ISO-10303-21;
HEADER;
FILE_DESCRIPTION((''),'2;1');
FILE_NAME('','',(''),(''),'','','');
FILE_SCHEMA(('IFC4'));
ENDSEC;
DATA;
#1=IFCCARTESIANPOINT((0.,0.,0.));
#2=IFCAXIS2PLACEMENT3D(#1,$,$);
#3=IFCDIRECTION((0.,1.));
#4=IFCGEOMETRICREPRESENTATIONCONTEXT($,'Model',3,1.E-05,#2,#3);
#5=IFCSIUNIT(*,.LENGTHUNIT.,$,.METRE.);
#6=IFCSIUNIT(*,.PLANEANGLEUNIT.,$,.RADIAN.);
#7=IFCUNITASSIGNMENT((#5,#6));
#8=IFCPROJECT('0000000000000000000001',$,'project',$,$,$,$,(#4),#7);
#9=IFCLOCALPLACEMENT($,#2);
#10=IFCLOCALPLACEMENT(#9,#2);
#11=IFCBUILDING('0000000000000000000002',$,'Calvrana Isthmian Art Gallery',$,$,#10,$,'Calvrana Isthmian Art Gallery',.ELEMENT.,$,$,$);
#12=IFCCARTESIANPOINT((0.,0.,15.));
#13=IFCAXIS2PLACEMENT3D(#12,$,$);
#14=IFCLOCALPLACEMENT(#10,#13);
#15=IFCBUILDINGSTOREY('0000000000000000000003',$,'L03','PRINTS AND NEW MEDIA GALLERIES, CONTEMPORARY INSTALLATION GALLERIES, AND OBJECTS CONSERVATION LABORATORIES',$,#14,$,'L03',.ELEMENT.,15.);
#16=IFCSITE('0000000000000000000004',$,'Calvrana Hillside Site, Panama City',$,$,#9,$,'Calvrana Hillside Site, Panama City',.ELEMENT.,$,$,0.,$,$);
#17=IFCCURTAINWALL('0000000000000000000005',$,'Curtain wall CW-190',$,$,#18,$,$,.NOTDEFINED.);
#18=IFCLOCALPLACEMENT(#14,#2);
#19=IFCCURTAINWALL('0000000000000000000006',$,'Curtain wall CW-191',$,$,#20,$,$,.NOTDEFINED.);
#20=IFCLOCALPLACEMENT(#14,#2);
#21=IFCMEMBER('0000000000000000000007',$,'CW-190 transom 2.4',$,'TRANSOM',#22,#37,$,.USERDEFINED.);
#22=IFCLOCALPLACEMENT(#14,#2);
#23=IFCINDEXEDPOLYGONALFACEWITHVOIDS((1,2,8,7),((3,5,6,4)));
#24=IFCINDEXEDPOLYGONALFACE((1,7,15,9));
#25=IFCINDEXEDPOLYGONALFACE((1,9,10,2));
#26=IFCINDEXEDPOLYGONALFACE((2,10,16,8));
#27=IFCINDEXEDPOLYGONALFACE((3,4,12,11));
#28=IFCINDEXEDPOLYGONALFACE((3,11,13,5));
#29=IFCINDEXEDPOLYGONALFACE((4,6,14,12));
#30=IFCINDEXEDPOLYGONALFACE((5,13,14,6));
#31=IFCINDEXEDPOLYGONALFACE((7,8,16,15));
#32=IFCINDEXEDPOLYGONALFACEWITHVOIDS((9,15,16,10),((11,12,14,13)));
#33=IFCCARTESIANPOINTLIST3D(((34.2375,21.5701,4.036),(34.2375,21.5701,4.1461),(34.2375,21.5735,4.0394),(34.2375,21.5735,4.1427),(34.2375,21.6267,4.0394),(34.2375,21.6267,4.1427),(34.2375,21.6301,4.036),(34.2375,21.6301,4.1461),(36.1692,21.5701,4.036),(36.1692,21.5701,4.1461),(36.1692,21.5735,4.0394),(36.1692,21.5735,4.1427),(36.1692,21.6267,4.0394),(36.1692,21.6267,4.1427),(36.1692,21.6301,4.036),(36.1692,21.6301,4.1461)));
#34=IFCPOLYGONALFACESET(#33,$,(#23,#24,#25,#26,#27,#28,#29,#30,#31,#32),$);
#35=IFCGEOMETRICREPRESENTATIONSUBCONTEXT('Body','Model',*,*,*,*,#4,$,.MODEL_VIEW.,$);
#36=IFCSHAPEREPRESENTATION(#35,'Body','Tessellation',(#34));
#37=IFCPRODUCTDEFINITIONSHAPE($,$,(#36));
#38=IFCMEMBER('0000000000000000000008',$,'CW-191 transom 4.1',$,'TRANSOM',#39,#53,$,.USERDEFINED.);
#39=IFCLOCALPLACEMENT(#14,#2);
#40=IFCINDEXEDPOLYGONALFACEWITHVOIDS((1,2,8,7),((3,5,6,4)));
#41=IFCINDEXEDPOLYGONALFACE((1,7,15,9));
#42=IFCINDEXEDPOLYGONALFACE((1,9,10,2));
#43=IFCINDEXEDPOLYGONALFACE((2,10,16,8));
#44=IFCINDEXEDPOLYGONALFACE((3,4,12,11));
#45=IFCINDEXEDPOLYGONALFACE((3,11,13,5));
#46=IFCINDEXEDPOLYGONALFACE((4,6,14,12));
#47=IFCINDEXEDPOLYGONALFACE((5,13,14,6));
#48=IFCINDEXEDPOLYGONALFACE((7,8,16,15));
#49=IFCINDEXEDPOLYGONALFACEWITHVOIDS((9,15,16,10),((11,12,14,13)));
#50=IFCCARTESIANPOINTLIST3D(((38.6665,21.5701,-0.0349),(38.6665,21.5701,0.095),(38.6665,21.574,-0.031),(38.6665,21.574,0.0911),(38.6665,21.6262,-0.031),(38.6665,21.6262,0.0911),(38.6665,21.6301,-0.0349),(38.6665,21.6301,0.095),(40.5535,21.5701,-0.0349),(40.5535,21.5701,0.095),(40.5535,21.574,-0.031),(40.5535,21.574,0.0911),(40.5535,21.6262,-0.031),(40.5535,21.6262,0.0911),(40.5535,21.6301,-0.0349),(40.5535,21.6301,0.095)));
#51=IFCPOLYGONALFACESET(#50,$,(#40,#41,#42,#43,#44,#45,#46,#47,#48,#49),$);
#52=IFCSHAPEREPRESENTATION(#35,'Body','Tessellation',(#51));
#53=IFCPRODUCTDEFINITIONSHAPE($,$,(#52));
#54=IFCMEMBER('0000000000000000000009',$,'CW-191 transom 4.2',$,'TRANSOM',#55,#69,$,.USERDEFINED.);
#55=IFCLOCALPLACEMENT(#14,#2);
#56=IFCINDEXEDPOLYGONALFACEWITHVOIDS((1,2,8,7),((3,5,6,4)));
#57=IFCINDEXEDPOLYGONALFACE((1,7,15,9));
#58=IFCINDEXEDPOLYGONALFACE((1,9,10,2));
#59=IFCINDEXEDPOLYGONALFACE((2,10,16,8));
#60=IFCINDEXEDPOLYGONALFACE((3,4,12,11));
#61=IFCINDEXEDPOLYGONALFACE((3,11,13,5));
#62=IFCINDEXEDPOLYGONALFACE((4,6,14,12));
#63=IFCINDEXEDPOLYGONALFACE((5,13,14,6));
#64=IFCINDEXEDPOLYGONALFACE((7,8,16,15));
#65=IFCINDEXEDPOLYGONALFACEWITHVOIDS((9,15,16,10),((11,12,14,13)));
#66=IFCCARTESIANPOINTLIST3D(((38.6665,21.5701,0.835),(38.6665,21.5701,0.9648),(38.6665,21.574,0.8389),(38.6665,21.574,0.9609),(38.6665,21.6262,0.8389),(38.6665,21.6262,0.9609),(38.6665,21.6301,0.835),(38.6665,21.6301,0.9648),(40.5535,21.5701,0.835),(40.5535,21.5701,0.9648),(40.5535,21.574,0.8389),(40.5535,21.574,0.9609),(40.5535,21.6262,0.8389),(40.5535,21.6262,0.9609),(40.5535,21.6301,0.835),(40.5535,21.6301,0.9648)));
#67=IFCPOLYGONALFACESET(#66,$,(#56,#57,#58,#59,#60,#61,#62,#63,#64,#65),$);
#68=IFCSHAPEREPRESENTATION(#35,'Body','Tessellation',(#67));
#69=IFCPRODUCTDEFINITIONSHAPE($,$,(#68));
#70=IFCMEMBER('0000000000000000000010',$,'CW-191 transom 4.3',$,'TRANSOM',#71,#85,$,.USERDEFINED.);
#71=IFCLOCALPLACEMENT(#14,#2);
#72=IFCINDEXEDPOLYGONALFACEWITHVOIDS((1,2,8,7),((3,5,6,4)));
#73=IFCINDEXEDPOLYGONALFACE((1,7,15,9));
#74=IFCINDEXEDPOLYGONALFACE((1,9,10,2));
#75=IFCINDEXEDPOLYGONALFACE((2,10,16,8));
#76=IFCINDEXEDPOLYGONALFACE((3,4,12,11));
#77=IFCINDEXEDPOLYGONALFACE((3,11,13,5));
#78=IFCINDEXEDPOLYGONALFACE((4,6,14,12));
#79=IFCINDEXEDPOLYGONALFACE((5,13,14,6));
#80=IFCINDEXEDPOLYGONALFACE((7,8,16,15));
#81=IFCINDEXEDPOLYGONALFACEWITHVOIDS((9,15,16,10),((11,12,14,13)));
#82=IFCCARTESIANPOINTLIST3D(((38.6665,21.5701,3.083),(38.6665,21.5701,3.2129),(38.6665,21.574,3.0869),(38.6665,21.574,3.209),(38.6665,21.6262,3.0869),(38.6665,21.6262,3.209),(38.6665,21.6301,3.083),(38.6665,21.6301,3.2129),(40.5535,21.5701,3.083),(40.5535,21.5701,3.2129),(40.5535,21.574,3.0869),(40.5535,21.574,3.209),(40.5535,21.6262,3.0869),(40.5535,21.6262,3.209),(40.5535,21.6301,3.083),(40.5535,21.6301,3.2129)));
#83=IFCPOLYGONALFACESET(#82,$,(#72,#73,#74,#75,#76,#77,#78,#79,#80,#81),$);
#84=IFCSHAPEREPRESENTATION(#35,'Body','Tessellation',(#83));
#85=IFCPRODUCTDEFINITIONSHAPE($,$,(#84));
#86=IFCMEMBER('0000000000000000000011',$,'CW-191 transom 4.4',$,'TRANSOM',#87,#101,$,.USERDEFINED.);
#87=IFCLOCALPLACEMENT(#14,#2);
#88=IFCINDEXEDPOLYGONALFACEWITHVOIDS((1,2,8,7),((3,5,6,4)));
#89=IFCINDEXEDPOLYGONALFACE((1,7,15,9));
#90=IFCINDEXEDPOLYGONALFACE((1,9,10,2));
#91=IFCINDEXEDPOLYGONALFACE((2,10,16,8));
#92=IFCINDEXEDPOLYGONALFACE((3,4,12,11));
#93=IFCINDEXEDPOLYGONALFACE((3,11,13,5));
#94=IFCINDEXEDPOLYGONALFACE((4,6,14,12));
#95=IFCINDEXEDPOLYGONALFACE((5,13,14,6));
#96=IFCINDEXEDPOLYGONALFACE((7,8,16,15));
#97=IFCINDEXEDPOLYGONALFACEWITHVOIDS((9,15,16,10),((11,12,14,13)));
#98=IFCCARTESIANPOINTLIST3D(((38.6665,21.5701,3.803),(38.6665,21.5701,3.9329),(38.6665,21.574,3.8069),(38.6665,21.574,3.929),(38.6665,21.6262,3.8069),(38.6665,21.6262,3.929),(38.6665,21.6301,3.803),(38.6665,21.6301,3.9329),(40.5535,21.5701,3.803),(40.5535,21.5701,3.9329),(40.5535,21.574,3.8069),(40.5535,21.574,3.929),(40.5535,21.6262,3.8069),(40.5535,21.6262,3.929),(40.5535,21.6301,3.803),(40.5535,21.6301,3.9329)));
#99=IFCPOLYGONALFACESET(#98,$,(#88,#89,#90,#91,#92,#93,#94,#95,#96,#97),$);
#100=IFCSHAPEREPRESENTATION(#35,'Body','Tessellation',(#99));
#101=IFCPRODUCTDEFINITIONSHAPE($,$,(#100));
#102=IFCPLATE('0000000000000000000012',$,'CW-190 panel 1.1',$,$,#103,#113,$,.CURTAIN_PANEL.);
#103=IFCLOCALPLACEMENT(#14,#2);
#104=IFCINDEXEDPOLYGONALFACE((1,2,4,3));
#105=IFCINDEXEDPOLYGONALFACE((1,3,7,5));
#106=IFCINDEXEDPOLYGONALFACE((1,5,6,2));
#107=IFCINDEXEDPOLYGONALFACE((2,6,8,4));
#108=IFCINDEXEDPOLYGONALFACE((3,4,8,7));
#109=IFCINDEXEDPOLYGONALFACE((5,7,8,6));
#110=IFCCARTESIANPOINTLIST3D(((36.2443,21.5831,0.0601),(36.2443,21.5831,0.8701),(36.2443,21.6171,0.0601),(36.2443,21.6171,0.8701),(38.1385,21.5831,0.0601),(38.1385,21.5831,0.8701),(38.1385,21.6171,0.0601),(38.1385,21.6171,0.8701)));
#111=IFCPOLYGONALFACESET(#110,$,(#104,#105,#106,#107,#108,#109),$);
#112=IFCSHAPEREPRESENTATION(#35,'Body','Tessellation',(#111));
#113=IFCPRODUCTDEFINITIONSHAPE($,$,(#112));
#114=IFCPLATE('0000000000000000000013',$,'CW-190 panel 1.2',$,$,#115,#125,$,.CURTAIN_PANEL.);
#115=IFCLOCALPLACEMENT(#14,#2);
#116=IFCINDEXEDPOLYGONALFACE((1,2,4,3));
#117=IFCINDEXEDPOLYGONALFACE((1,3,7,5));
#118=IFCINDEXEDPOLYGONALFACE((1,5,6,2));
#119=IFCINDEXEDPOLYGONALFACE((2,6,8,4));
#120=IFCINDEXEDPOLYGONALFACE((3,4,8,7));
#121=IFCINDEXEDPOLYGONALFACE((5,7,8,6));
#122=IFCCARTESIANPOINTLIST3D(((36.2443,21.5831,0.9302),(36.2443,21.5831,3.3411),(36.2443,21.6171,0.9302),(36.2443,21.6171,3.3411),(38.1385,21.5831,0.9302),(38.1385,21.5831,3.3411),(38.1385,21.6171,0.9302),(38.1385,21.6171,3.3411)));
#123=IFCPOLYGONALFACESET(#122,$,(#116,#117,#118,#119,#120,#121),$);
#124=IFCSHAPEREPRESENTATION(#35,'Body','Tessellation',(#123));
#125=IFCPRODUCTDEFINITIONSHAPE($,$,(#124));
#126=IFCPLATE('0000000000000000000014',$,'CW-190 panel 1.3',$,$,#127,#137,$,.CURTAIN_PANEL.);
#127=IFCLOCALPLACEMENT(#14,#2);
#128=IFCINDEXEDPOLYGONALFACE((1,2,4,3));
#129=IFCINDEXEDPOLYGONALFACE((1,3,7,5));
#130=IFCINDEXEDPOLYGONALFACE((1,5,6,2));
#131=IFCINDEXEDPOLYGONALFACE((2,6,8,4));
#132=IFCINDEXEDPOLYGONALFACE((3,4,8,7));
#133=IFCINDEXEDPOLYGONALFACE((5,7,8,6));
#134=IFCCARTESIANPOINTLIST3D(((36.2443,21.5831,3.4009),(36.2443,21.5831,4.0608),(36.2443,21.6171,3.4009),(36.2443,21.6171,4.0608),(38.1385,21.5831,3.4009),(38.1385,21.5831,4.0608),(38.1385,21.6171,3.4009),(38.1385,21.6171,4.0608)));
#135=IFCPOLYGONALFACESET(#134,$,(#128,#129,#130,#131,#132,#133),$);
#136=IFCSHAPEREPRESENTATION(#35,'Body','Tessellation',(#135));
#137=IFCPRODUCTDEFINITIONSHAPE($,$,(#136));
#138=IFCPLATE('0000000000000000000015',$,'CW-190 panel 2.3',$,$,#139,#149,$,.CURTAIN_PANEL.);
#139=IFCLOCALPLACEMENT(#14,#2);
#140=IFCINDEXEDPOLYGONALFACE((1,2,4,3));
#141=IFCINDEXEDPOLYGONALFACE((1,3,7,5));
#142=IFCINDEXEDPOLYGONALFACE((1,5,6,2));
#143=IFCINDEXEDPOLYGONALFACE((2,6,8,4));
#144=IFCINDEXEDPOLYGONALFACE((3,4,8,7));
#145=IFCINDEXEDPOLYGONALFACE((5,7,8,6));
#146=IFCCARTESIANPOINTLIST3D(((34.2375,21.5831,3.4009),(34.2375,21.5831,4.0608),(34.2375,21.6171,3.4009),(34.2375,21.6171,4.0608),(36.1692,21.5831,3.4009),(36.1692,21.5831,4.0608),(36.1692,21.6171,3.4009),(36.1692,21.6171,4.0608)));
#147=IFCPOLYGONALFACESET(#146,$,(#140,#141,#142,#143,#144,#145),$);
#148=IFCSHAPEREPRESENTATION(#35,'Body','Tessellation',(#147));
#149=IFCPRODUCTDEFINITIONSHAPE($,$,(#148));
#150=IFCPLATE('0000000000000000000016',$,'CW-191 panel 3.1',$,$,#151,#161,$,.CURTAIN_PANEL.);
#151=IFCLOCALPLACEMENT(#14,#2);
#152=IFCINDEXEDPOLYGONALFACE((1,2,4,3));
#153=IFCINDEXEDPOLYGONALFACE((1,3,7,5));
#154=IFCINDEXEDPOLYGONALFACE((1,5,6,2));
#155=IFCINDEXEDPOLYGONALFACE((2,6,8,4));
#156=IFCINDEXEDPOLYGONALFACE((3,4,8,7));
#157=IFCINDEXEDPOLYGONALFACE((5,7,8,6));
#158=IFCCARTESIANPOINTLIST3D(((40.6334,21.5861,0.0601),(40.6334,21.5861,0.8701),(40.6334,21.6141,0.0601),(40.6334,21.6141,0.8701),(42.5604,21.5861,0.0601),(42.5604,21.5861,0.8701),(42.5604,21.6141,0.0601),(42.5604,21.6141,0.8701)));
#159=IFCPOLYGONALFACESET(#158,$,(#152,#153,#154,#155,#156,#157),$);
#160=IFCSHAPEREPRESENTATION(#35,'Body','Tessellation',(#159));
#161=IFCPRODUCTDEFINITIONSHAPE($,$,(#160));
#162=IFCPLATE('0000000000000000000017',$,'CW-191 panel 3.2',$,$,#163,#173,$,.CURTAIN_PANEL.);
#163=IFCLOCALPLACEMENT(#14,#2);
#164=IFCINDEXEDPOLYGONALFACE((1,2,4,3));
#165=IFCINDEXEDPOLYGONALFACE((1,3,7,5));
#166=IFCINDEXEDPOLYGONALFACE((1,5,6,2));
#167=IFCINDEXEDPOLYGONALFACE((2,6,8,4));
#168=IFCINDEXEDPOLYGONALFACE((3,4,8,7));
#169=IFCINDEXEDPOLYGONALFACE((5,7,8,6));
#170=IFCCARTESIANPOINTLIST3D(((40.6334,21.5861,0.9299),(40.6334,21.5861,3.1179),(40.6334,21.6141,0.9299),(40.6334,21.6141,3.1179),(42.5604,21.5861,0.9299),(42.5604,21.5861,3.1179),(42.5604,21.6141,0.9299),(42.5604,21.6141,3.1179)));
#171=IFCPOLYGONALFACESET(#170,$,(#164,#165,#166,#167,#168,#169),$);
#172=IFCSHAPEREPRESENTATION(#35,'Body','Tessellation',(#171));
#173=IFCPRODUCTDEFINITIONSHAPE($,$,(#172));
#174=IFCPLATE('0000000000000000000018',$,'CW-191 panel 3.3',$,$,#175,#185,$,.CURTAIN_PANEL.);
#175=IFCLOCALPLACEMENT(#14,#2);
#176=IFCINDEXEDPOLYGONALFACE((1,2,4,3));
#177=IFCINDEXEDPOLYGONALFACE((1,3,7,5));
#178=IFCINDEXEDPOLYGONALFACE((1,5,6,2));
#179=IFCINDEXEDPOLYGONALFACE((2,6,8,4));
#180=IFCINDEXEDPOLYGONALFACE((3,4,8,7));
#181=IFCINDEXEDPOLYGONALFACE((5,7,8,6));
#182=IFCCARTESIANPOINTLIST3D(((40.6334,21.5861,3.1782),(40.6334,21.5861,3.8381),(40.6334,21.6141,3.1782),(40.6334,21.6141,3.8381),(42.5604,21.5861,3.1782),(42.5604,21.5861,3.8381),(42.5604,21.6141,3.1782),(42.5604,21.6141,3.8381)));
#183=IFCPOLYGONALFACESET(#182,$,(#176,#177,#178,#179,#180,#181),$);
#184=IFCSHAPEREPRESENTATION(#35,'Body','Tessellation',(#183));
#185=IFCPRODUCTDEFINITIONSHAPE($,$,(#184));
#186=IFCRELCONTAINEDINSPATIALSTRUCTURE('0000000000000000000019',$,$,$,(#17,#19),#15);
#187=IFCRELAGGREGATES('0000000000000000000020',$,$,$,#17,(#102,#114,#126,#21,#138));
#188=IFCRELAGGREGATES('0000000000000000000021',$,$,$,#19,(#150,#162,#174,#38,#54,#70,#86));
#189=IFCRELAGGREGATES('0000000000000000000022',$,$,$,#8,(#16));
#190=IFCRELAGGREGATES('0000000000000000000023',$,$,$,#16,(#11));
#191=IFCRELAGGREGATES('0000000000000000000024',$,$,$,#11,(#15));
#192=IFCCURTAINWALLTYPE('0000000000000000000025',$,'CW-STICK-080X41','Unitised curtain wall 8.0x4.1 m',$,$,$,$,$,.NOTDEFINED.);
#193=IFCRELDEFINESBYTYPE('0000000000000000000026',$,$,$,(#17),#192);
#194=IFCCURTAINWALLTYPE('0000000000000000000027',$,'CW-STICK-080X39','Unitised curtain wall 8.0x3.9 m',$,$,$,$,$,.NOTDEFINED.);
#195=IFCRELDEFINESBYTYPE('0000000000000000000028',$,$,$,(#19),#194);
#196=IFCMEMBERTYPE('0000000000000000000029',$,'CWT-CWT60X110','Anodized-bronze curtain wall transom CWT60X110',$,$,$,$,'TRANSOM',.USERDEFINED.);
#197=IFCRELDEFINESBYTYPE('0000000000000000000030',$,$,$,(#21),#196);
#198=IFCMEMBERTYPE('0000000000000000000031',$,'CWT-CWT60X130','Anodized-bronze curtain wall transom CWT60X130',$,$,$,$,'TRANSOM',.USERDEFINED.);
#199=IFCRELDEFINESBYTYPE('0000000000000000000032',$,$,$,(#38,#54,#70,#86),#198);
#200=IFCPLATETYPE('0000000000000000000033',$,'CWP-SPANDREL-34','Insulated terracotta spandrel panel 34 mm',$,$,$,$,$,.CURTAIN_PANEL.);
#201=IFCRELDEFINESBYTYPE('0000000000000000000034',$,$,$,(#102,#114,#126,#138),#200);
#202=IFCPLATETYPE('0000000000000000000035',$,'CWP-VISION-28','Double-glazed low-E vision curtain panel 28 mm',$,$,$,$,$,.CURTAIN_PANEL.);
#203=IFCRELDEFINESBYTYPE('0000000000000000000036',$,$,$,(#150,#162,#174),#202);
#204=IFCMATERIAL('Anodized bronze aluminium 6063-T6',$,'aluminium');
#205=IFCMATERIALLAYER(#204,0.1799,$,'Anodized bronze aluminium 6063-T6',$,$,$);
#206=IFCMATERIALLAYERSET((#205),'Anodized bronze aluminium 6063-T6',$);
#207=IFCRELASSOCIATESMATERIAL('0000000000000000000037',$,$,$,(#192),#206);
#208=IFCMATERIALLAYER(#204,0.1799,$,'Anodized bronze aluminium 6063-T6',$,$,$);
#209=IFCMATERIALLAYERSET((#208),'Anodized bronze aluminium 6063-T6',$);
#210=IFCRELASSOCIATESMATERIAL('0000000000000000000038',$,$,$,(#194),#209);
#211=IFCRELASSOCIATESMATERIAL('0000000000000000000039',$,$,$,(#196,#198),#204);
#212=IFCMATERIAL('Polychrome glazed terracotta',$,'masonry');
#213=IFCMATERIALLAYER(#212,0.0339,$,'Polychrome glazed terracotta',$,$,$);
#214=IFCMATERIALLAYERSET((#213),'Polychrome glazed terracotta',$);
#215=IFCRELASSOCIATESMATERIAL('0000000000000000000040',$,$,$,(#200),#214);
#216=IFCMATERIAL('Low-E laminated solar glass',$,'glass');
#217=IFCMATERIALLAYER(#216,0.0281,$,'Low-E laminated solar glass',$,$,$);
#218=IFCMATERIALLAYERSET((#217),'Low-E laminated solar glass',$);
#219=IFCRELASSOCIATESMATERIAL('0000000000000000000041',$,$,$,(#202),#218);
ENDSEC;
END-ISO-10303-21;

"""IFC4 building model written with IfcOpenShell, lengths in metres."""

from ifc_helpers import new_model, si_unit, direction, frame, origin, origin_2d, place, context, subcontext, project, spatial, rectangle, hollow_rectangle, extrude, material, layer, layer_set, material_profile, profile_set, type_object, element, aggregate, save


model = new_model("IFC4")

# Units and contexts
model_context = context("Model", 3, precision=1e-05, world=origin(), true_north=direction((0.0, 1.0)))
body_context = subcontext(model_context, "Body", "Model", "MODEL_VIEW")
ifc_project = project(units=[si_unit("LENGTHUNIT", "METRE"), si_unit("PLANEANGLEUNIT", "RADIAN")], contexts=[model_context])

# Site, building, storey
site_placement = place(None, origin())
site = spatial("IfcSite", under=ifc_project, at=site_placement, Name="Calvrana Hillside Site, Panama City", LongName="Calvrana Hillside Site, Panama City", CompositionType="ELEMENT", RefElevation=0.0)
building_placement = place(site_placement, origin())
building = spatial("IfcBuilding", under=site, at=building_placement, Name="Calvrana Isthmian Art Gallery", LongName="Calvrana Isthmian Art Gallery", CompositionType="ELEMENT")
storey_placement = place(building_placement, frame((0.0, 0.0, 15.0)))
storey = spatial("IfcBuildingStorey", under=building, at=storey_placement, Name="L03", Description="PRINTS AND NEW MEDIA GALLERIES, CONTEMPORARY INSTALLATION GALLERIES, AND OBJECTS CONSERVATION LABORATORIES", LongName="L03", CompositionType="ELEMENT", Elevation=15.0)

# Curtain walls
ifc_material_1 = material(Name="Anodized bronze aluminium 6063-T6", Category="aluminium")
ifc_layer_1 = layer(ifc_material_1, 0.1799, Name="Anodized bronze aluminium 6063-T6")
ifc_layer_set_1 = layer_set([ifc_layer_1], Name="Anodized bronze aluminium 6063-T6")
curtain_wall_type_1 = type_object("IfcCurtainWallType", Name="CW-STICK-080X41", Description="Unitised curtain wall 8.0x4.1 m", PredefinedType="NOTDEFINED", material=ifc_layer_set_1)
curtain_wall_1_placement = place(storey_placement, origin())
curtain_wall_1 = element("IfcCurtainWall", 1, at=curtain_wall_1_placement, inside=storey, type_object=curtain_wall_type_1, Name="Curtain wall CW-190", PredefinedType="NOTDEFINED")
ifc_layer_2 = layer(ifc_material_1, 0.1799, Name="Anodized bronze aluminium 6063-T6")
ifc_layer_set_2 = layer_set([ifc_layer_2], Name="Anodized bronze aluminium 6063-T6")
curtain_wall_type_2 = type_object("IfcCurtainWallType", Name="CW-STICK-080X39", Description="Unitised curtain wall 8.0x3.9 m", PredefinedType="NOTDEFINED", material=ifc_layer_set_2)
curtain_wall_2_placement = place(storey_placement, origin())
curtain_wall_2 = element("IfcCurtainWall", 2, at=curtain_wall_2_placement, inside=storey, type_object=curtain_wall_type_2, Name="Curtain wall CW-191", PredefinedType="NOTDEFINED")

# Members
ifc_material_profile_1 = material_profile(ifc_material_1, hollow_rectangle(XDim=0.0601, YDim=0.1101, WallThickness=0.0034, at=origin_2d()), Name="CWT60X110")
ifc_profile_set_1 = profile_set([ifc_material_profile_1], Name="Anodized bronze aluminium 6063-T6")
member_type_1 = type_object("IfcMemberType", Name="CWT-CWT60X110", Description="Anodized-bronze curtain wall transom CWT60X110", ElementType="TRANSOM", PredefinedType="USERDEFINED", material=ifc_profile_set_1)
member_1_placement = place(storey_placement, frame((36.1692, 21.6001, 4.0911), z_axis=(-1.0, 0.0, 0.0), x_axis=(0.0, -1.0, 0.0)))
member_1 = element("IfcMember", 3, at=member_1_placement, type_object=member_type_1, Name="CW-190 transom 2.4", ObjectType="TRANSOM", PredefinedType="USERDEFINED", context=body_context, shape_type="SweptSolid", body=[
    extrude(hollow_rectangle(XDim=0.0601, YDim=0.1101, WallThickness=0.0034, at=origin_2d()), origin(), (0.0, 0.0, 1.0), 1.9316),
])
ifc_material_profile_2 = material_profile(ifc_material_1, hollow_rectangle(XDim=0.0601, YDim=0.1299, WallThickness=0.0039, at=origin_2d()), Name="CWT60X130")
ifc_profile_set_2 = profile_set([ifc_material_profile_2], Name="Anodized bronze aluminium 6063-T6")
member_type_2 = type_object("IfcMemberType", Name="CWT-CWT60X130", Description="Anodized-bronze curtain wall transom CWT60X130", ElementType="TRANSOM", PredefinedType="USERDEFINED", material=ifc_profile_set_2)
member_2_placement = place(storey_placement, frame((40.5535, 21.6001, 0.03), z_axis=(-1.0, 0.0, 0.0), x_axis=(0.0, -1.0, 0.0)))
member_2 = element("IfcMember", 4, at=member_2_placement, type_object=member_type_2, Name="CW-191 transom 4.1", ObjectType="TRANSOM", PredefinedType="USERDEFINED", context=body_context, shape_type="SweptSolid", body=[
    extrude(hollow_rectangle(XDim=0.0601, YDim=0.1299, WallThickness=0.0039, at=origin_2d()), origin(), (0.0, 0.0, 1.0), 1.887),
])
member_3_placement = place(storey_placement, frame((40.5535, 21.6001, 0.8999), z_axis=(-1.0, 0.0, 0.0), x_axis=(0.0, -1.0, 0.0)))
member_3 = element("IfcMember", 5, at=member_3_placement, type_object=member_type_2, Name="CW-191 transom 4.2", ObjectType="TRANSOM", PredefinedType="USERDEFINED", context=body_context, shape_type="SweptSolid", body=[
    extrude(hollow_rectangle(XDim=0.0601, YDim=0.1299, WallThickness=0.0039, at=origin_2d()), origin(), (0.0, 0.0, 1.0), 1.887),
])
member_4_placement = place(storey_placement, frame((40.5535, 21.6001, 3.1479), z_axis=(-1.0, 0.0, 0.0), x_axis=(0.0, -1.0, 0.0)))
member_4 = element("IfcMember", 6, at=member_4_placement, type_object=member_type_2, Name="CW-191 transom 4.3", ObjectType="TRANSOM", PredefinedType="USERDEFINED", context=body_context, shape_type="SweptSolid", body=[
    extrude(hollow_rectangle(XDim=0.0601, YDim=0.1299, WallThickness=0.0039, at=origin_2d()), origin(), (0.0, 0.0, 1.0), 1.887),
])
member_5_placement = place(storey_placement, frame((40.5535, 21.6001, 3.8679), z_axis=(-1.0, 0.0, 0.0), x_axis=(0.0, -1.0, 0.0)))
member_5 = element("IfcMember", 7, at=member_5_placement, type_object=member_type_2, Name="CW-191 transom 4.4", ObjectType="TRANSOM", PredefinedType="USERDEFINED", context=body_context, shape_type="SweptSolid", body=[
    extrude(hollow_rectangle(XDim=0.0601, YDim=0.1299, WallThickness=0.0039, at=origin_2d()), origin(), (0.0, 0.0, 1.0), 1.887),
])

# Plates
ifc_material_2 = material(Name="Polychrome glazed terracotta", Category="masonry")
ifc_layer_3 = layer(ifc_material_2, 0.0339, Name="Polychrome glazed terracotta")
ifc_layer_set_3 = layer_set([ifc_layer_3], Name="Polychrome glazed terracotta")
plate_type_1 = type_object("IfcPlateType", Name="CWP-SPANDREL-34", Description="Insulated terracotta spandrel panel 34 mm", PredefinedType="CURTAIN_PANEL", material=ifc_layer_set_3)
plate_1_placement = place(storey_placement, frame((37.1914, 21.6001, 0.0601), z_axis=(0.0, 0.0, 1.0), x_axis=(-1.0, 0.0, 0.0)))
plate_1 = element("IfcPlate", 8, at=plate_1_placement, type_object=plate_type_1, Name="CW-190 panel 1.1", PredefinedType="CURTAIN_PANEL", context=body_context, shape_type="SweptSolid", body=[
    extrude(rectangle(XDim=1.8943, YDim=0.0339, at=origin_2d()), origin(), (0.0, 0.0, 1.0), 0.8101),
])
plate_2_placement = place(storey_placement, frame((37.1914, 21.6001, 0.9302), z_axis=(0.0, 0.0, 1.0), x_axis=(-1.0, 0.0, 0.0)))
plate_2 = element("IfcPlate", 9, at=plate_2_placement, type_object=plate_type_1, Name="CW-190 panel 1.2", PredefinedType="CURTAIN_PANEL", context=body_context, shape_type="SweptSolid", body=[
    extrude(rectangle(XDim=1.8943, YDim=0.0339, at=origin_2d()), origin(), (0.0, 0.0, 1.0), 2.4109),
])
plate_3_placement = place(storey_placement, frame((37.1914, 21.6001, 3.4009), z_axis=(0.0, 0.0, 1.0), x_axis=(-1.0, 0.0, 0.0)))
plate_3 = element("IfcPlate", 10, at=plate_3_placement, type_object=plate_type_1, Name="CW-190 panel 1.3", PredefinedType="CURTAIN_PANEL", context=body_context, shape_type="SweptSolid", body=[
    extrude(rectangle(XDim=1.8943, YDim=0.0339, at=origin_2d()), origin(), (0.0, 0.0, 1.0), 0.6599),
])
plate_4_placement = place(storey_placement, frame((35.2034, 21.6001, 3.4009), z_axis=(0.0, 0.0, 1.0), x_axis=(-1.0, 0.0, 0.0)))
plate_4 = element("IfcPlate", 11, at=plate_4_placement, type_object=plate_type_1, Name="CW-190 panel 2.3", PredefinedType="CURTAIN_PANEL", context=body_context, shape_type="SweptSolid", body=[
    extrude(rectangle(XDim=1.9316, YDim=0.0339, at=origin_2d()), origin(), (0.0, 0.0, 1.0), 0.6599),
])
aggregate(curtain_wall_1, [plate_1, plate_2, plate_3, member_1, plate_4])
ifc_material_3 = material(Name="Low-E laminated solar glass", Category="glass")
ifc_layer_4 = layer(ifc_material_3, 0.0281, Name="Low-E laminated solar glass")
ifc_layer_set_4 = layer_set([ifc_layer_4], Name="Low-E laminated solar glass")
plate_type_2 = type_object("IfcPlateType", Name="CWP-VISION-28", Description="Double-glazed low-E vision curtain panel 28 mm", PredefinedType="CURTAIN_PANEL", material=ifc_layer_set_4)
plate_5_placement = place(storey_placement, frame((41.5969, 21.6001, 0.0601), z_axis=(0.0, 0.0, 1.0), x_axis=(-1.0, 0.0, 0.0)))
plate_5 = element("IfcPlate", 12, at=plate_5_placement, type_object=plate_type_2, Name="CW-191 panel 3.1", PredefinedType="CURTAIN_PANEL", context=body_context, shape_type="SweptSolid", body=[
    extrude(rectangle(XDim=1.927, YDim=0.0281, at=origin_2d()), origin(), (0.0, 0.0, 1.0), 0.8101),
])
plate_6_placement = place(storey_placement, frame((41.5969, 21.6001, 0.9299), z_axis=(0.0, 0.0, 1.0), x_axis=(-1.0, 0.0, 0.0)))
plate_6 = element("IfcPlate", 13, at=plate_6_placement, type_object=plate_type_2, Name="CW-191 panel 3.2", PredefinedType="CURTAIN_PANEL", context=body_context, shape_type="SweptSolid", body=[
    extrude(rectangle(XDim=1.927, YDim=0.0281, at=origin_2d()), origin(), (0.0, 0.0, 1.0), 2.188),
])
plate_7_placement = place(storey_placement, frame((41.5969, 21.6001, 3.1782), z_axis=(0.0, 0.0, 1.0), x_axis=(-1.0, 0.0, 0.0)))
plate_7 = element("IfcPlate", 14, at=plate_7_placement, type_object=plate_type_2, Name="CW-191 panel 3.3", PredefinedType="CURTAIN_PANEL", context=body_context, shape_type="SweptSolid", body=[
    extrude(rectangle(XDim=1.927, YDim=0.0281, at=origin_2d()), origin(), (0.0, 0.0, 1.0), 0.6599),
])
aggregate(curtain_wall_2, [plate_5, plate_6, plate_7, member_2, member_3, member_4, member_5])

save(model, "model.ifc")
